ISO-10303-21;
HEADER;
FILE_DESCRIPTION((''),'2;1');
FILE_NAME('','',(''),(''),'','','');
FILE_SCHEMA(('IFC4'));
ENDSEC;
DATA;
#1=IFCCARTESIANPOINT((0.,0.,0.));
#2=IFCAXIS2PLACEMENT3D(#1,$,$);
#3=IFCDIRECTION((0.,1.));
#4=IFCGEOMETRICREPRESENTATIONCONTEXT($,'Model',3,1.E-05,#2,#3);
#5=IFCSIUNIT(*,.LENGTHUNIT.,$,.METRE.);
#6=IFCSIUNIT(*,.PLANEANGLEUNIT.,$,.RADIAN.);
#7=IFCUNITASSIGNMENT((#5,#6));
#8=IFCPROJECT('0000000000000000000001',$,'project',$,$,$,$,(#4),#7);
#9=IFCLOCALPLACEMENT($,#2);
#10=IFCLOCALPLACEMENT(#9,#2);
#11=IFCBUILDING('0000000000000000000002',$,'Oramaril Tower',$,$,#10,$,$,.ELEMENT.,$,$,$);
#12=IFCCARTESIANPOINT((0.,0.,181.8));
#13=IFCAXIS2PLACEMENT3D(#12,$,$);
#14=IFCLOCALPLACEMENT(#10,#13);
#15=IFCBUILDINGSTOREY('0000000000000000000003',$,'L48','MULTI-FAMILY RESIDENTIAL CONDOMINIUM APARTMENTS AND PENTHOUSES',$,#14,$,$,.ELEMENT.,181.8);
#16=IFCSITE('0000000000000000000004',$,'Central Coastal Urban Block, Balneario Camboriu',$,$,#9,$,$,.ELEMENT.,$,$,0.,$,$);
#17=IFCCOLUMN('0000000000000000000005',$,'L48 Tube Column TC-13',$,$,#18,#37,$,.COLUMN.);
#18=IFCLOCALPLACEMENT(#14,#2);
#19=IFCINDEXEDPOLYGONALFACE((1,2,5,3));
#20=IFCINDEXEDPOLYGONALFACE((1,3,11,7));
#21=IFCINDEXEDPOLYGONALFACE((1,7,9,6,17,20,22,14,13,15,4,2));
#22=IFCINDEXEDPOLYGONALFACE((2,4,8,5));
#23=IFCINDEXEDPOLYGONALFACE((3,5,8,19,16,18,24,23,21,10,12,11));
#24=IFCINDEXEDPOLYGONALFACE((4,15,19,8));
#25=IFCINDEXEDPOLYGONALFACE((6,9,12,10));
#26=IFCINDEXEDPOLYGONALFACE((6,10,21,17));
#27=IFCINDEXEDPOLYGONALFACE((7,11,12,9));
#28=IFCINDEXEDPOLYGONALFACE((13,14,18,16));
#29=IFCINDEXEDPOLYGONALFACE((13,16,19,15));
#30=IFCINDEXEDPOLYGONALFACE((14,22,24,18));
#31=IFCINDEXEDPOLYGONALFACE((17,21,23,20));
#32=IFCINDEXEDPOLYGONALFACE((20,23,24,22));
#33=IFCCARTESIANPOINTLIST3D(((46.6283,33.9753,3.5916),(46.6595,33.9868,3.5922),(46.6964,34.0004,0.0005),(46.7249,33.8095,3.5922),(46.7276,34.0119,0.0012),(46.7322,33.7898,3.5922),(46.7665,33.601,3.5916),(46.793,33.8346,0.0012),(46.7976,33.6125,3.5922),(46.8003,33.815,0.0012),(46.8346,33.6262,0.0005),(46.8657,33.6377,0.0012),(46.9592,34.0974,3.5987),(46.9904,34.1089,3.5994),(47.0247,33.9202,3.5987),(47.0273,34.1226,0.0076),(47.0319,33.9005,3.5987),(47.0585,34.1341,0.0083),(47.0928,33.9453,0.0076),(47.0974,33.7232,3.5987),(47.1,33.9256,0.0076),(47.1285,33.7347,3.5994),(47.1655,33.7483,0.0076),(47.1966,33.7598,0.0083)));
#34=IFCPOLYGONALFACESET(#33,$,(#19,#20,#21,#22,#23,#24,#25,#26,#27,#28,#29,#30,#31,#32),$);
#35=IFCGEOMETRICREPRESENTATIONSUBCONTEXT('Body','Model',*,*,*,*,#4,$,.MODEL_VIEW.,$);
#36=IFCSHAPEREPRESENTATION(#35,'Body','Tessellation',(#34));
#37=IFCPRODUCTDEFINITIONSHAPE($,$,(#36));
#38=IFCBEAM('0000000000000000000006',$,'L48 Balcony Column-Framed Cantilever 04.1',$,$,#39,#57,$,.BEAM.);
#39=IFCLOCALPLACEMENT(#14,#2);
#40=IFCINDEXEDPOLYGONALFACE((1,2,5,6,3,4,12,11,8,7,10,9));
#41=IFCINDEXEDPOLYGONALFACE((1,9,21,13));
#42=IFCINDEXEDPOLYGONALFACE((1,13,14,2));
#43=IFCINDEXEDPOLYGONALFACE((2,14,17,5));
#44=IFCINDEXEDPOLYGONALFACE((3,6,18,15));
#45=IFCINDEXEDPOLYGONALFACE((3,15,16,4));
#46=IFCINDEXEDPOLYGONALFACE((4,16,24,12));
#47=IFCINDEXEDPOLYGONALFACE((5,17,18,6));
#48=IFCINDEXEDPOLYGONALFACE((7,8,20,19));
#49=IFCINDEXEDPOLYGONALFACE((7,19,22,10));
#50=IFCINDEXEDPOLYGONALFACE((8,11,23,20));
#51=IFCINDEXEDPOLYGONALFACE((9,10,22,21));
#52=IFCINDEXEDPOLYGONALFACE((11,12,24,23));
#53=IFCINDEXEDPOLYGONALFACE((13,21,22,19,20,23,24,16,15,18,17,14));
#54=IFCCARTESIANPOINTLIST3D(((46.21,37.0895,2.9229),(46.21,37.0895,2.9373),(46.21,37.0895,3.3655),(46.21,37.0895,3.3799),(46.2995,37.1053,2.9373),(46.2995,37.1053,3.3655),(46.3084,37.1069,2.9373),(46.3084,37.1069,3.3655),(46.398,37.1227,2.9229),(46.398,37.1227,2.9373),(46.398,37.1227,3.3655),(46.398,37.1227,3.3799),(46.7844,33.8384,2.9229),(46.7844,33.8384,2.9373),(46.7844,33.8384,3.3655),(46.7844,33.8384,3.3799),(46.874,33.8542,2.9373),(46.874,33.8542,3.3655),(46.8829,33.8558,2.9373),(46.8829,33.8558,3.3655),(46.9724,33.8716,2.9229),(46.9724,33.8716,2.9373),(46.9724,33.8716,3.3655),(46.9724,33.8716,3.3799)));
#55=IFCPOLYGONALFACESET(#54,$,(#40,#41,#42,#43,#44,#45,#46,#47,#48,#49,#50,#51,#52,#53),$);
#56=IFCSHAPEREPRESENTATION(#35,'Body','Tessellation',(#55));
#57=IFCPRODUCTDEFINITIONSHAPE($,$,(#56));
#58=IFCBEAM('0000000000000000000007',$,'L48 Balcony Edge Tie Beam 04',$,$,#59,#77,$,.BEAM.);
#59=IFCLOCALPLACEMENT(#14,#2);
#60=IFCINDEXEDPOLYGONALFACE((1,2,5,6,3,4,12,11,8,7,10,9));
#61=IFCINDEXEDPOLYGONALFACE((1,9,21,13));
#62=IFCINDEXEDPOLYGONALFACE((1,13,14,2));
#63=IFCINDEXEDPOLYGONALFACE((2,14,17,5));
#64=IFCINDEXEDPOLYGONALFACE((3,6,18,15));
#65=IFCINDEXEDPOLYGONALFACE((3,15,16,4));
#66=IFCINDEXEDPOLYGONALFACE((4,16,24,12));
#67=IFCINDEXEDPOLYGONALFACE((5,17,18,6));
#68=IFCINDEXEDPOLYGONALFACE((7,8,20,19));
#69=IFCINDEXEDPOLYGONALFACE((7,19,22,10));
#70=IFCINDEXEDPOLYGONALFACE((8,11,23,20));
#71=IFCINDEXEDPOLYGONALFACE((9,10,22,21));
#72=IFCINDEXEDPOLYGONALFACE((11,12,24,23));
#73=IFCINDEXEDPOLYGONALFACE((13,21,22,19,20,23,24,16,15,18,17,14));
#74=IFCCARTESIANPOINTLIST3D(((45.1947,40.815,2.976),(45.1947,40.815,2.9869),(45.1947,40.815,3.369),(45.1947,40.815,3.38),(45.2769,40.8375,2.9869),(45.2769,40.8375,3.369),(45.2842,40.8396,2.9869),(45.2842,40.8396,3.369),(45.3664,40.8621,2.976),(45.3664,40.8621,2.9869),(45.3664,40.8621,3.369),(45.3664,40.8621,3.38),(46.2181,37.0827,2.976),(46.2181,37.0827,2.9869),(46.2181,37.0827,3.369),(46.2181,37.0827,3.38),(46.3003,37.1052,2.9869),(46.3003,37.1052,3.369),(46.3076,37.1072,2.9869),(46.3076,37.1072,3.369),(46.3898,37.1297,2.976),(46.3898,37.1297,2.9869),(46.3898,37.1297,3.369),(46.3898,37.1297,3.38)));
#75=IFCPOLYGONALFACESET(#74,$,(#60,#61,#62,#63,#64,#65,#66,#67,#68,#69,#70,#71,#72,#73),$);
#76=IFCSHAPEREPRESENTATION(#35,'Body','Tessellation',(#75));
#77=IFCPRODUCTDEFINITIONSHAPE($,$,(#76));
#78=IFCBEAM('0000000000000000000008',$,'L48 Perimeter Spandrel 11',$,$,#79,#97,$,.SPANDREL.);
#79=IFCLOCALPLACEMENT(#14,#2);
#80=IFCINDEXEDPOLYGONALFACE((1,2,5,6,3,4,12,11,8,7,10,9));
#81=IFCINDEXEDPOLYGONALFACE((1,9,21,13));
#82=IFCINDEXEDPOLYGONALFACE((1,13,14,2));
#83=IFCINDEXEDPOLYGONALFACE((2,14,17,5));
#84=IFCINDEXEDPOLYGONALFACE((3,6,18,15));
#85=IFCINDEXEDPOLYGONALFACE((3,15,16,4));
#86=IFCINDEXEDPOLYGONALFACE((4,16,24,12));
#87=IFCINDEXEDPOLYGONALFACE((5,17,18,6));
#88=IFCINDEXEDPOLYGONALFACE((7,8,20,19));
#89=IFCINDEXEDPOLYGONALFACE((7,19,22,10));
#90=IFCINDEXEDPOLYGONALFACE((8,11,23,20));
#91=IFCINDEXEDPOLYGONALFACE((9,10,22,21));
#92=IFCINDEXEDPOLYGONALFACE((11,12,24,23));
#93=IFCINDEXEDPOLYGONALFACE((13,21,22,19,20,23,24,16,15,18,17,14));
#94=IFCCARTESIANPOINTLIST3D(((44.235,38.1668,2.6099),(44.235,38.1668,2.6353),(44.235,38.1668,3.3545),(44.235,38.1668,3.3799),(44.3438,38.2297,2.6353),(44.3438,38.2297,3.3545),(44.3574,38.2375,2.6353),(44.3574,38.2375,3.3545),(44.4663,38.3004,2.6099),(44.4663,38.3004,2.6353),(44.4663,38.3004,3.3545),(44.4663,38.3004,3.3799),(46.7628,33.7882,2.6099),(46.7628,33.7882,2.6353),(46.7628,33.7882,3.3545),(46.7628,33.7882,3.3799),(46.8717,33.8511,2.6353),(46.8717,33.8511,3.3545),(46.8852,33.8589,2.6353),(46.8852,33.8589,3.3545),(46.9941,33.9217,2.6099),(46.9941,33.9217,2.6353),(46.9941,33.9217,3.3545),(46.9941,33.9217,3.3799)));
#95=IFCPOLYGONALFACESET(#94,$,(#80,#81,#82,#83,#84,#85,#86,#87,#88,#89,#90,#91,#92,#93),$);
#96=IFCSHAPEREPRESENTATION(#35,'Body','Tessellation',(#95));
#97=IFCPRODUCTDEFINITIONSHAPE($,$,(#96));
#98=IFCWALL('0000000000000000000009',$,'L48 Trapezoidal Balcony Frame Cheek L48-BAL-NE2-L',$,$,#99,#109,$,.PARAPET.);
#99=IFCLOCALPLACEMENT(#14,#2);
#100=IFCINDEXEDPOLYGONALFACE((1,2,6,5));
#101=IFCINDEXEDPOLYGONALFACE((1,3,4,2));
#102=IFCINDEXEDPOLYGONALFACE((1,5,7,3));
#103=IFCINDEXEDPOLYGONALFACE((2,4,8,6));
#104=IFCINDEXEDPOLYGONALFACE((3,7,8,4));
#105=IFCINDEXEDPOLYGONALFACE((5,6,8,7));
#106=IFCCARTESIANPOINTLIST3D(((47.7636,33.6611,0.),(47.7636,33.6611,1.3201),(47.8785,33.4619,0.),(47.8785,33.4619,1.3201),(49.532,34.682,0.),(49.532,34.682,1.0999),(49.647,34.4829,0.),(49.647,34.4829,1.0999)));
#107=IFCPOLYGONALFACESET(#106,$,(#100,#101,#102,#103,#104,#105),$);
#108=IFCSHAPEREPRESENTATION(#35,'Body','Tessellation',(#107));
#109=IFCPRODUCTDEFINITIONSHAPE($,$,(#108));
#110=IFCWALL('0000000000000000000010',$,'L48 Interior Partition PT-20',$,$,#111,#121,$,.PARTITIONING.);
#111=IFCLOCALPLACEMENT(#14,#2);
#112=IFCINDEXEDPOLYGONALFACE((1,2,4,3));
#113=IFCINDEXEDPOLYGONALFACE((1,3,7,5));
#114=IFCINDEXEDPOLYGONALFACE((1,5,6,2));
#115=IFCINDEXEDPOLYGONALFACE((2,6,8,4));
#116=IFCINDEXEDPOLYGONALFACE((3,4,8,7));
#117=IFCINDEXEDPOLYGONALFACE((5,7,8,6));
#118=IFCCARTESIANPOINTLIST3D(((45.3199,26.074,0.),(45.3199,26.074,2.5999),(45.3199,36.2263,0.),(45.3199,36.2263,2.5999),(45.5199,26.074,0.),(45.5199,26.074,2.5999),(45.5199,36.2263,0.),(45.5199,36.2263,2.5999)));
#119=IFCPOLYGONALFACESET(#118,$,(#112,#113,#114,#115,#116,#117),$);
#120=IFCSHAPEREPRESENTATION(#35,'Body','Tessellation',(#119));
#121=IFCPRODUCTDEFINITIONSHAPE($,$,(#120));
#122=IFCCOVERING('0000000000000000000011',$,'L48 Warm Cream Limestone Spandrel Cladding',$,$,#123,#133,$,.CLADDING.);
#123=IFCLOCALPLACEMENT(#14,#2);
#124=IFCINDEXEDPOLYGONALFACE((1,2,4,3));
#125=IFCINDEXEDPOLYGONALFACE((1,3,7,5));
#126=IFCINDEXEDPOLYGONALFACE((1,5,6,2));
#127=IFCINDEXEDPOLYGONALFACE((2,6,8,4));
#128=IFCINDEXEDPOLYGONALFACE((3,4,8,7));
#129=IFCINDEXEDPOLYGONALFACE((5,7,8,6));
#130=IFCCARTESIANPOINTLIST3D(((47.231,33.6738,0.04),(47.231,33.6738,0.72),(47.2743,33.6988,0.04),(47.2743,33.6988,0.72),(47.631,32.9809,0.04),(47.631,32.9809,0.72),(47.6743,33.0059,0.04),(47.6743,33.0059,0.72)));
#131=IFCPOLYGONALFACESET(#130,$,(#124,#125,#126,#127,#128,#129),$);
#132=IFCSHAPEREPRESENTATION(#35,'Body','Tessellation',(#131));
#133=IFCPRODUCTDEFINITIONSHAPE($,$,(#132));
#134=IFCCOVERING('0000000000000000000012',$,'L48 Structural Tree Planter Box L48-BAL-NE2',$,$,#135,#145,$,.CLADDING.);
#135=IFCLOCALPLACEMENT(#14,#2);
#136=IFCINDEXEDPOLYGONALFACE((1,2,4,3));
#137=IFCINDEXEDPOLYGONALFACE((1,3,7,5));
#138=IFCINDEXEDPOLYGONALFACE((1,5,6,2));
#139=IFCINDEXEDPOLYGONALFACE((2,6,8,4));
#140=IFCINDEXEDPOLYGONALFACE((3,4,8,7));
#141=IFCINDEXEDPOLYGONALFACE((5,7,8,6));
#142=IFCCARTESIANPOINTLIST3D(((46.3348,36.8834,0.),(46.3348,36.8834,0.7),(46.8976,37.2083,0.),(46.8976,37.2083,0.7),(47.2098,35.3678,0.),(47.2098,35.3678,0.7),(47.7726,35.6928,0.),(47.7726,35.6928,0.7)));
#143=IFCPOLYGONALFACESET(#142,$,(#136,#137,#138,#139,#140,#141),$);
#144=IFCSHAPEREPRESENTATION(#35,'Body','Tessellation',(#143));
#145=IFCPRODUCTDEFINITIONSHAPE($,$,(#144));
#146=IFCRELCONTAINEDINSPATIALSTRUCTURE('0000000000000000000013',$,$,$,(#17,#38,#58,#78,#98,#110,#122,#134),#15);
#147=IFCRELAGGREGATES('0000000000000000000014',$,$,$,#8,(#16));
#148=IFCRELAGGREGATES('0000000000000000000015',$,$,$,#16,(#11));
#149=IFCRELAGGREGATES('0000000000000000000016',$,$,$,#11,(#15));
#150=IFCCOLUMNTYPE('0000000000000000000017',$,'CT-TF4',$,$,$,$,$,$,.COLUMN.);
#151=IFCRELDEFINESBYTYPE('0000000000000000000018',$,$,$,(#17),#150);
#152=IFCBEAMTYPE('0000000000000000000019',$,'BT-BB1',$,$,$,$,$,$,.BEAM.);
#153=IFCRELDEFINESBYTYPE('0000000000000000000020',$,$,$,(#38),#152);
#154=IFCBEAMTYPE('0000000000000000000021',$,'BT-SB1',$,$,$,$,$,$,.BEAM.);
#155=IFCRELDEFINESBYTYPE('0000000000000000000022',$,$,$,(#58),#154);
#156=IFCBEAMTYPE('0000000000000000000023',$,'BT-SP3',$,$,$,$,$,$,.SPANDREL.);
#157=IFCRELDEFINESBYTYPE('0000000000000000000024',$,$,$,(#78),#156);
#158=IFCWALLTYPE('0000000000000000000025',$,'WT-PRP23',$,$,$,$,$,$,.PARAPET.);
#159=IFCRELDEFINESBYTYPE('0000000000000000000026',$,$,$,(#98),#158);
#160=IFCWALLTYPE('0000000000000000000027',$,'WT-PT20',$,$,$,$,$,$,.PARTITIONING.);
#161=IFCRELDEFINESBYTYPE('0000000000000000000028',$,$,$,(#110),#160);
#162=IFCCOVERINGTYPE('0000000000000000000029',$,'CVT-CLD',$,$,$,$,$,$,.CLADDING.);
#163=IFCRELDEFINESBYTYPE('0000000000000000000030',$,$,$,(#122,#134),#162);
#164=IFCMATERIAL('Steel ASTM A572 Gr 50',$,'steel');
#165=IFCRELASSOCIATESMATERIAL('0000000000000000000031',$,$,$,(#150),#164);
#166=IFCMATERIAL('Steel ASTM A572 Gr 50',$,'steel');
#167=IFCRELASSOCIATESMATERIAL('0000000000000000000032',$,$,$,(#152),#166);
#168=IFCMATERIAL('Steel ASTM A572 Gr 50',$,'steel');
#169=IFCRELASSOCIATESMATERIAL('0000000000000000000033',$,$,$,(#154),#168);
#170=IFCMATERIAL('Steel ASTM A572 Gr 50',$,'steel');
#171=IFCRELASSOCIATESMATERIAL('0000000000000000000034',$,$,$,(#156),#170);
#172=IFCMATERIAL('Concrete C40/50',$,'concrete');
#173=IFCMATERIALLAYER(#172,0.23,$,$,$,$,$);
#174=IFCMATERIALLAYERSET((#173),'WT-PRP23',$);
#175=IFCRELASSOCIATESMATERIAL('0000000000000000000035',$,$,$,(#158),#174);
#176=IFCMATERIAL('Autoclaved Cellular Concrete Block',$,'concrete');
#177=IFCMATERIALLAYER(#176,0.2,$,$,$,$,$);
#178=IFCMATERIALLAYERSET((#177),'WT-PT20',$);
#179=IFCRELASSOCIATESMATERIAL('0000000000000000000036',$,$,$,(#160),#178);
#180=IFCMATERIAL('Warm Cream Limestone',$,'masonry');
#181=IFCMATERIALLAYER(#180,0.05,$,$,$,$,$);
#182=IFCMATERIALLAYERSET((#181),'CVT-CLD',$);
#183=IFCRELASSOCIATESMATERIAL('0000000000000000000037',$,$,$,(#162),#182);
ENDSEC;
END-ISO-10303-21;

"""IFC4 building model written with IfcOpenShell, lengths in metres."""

from ifc_helpers import new_model, si_unit, direction, frame, frame_2d, origin, origin_2d, place, context, subcontext, project, spatial, polyline, rectangle, i_section, outline, extrude, material, layer, layer_set, material_profile, profile_set, type_object, element, save


model = new_model("IFC4")

# Units and contexts
model_context = context("Model", 3, precision=1e-05, world=origin(), true_north=direction((0.0, 1.0)))
body_context = subcontext(model_context, "Body", "Model", "MODEL_VIEW")
ifc_project = project(units=[si_unit("LENGTHUNIT", "METRE"), si_unit("PLANEANGLEUNIT", "RADIAN")], contexts=[model_context])

# Site, building, storey
site_placement = place(None, origin())
site = spatial("IfcSite", under=ifc_project, at=site_placement, Name="Central Coastal Urban Block, Balneario Camboriu", CompositionType="ELEMENT", RefElevation=0.0)
building_placement = place(site_placement, origin())
building = spatial("IfcBuilding", under=site, at=building_placement, Name="Oramaril Tower", CompositionType="ELEMENT")
storey_placement = place(building_placement, frame((0.0, 0.0, 181.8)))
storey = spatial("IfcBuildingStorey", under=building, at=storey_placement, Name="L48", Description="MULTI-FAMILY RESIDENTIAL CONDOMINIUM APARTMENTS AND PENTHOUSES", CompositionType="ELEMENT", Elevation=181.8)

# Column
ifc_material_1 = material(Name="Steel ASTM A572 Gr 50", Category="steel")
ifc_material_profile_1 = material_profile(ifc_material_1, i_section(OverallWidth=0.3989, OverallDepth=0.386, WebThickness=0.021, FlangeThickness=0.0332, at=origin_2d()), Name="W14X176")
ifc_profile_set_1 = profile_set([ifc_material_profile_1], Name="Steel ASTM A572 Gr 50")
column_type = type_object("IfcColumnType", Name="CT-TF4", PredefinedType="COLUMN", material=ifc_profile_set_1)
column_placement = place(storey_placement, frame((46.9465, 33.8801, 0.0044), z_axis=(-0.018964, -0.007001, 0.999796), x_axis=(0.346329, -0.938113, 0.0)))
element("IfcColumn", 1, at=column_placement, inside=storey, type_object=column_type, Name="L48 Tube Column TC-13", PredefinedType="COLUMN", context=body_context, shape_type="SweptSolid", body=[
    extrude(i_section(OverallWidth=0.3989, OverallDepth=0.386, WebThickness=0.021, FlangeThickness=0.0332, at=origin_2d()), origin(), (0.0, 0.0, 1.0), 3.5918),
])

# Beams
ifc_material_2 = material(Name="Steel ASTM A572 Gr 50", Category="steel")
ifc_material_profile_2 = material_profile(ifc_material_2, i_section(OverallWidth=0.1909, OverallDepth=0.457, WebThickness=0.009, FlangeThickness=0.0144, at=origin_2d()), Name="W18X50")
ifc_profile_set_2 = profile_set([ifc_material_profile_2], Name="Steel ASTM A572 Gr 50")
beam_type_1 = type_object("IfcBeamType", Name="BT-BB1", PredefinedType="BEAM", material=ifc_profile_set_2)
beam_1_placement = place(storey_placement, frame((46.8784, 33.855, 3.1514), z_axis=(-0.173996, 0.984746, 0.0), x_axis=(-0.984746, -0.173996, 0.0)))
element("IfcBeam", 2, at=beam_1_placement, inside=storey, type_object=beam_type_1, Name="L48 Balcony Column-Framed Cantilever 04.1", PredefinedType="BEAM", context=body_context, shape_type="SweptSolid", body=[
    extrude(i_section(OverallWidth=0.1909, OverallDepth=0.457, WebThickness=0.009, FlangeThickness=0.0144, at=origin_2d()), origin(), (0.0, 0.0, 1.0), 3.3015),
])
ifc_material_3 = material(Name="Steel ASTM A572 Gr 50", Category="steel")
ifc_material_profile_3 = material_profile(ifc_material_3, i_section(OverallWidth=0.178, OverallDepth=0.4041, WebThickness=0.0076, FlangeThickness=0.011, at=origin_2d()), Name="W16X36")
ifc_profile_set_3 = profile_set([ifc_material_profile_3], Name="Steel ASTM A572 Gr 50")
beam_type_2 = type_object("IfcBeamType", Name="BT-SB1", PredefinedType="BEAM", material=ifc_profile_set_3)
beam_2_placement = place(storey_placement, frame((46.304, 37.1062, 3.178), z_axis=(-0.264441, 0.964402, 0.0), x_axis=(-0.964402, -0.264441, 0.0)))
element("IfcBeam", 3, at=beam_2_placement, inside=storey, type_object=beam_type_2, Name="L48 Balcony Edge Tie Beam 04", PredefinedType="BEAM", context=body_context, shape_type="SweptSolid", body=[
    extrude(i_section(OverallWidth=0.178, OverallDepth=0.4041, WebThickness=0.0076, FlangeThickness=0.011, at=origin_2d()), origin(), (0.0, 0.0, 1.0), 3.8701),
])
ifc_material_4 = material(Name="Steel ASTM A572 Gr 50", Category="steel")
ifc_material_profile_4 = material_profile(ifc_material_4, i_section(OverallWidth=0.2671, OverallDepth=0.77, WebThickness=0.0156, FlangeThickness=0.0254, at=origin_2d()), Name="W30X132")
ifc_profile_set_4 = profile_set([ifc_material_profile_4], Name="Steel ASTM A572 Gr 50")
beam_type_3 = type_object("IfcBeamType", Name="BT-SP3", PredefinedType="SPANDREL", material=ifc_profile_set_4)
beam_3_placement = place(storey_placement, frame((46.8784, 33.855, 2.9949), z_axis=(-0.499972, 0.866042, 0.0), x_axis=(-0.866042, -0.499972, 0.0)))
element("IfcBeam", 4, at=beam_3_placement, inside=storey, type_object=beam_type_3, Name="L48 Perimeter Spandrel 11", PredefinedType="SPANDREL", context=body_context, shape_type="SweptSolid", body=[
    extrude(i_section(OverallWidth=0.2671, OverallDepth=0.77, WebThickness=0.0156, FlangeThickness=0.0254, at=origin_2d()), origin(), (0.0, 0.0, 1.0), 5.0559),
])

# Walls
ifc_material_5 = material(Name="Concrete C40/50", Category="concrete")
ifc_layer_1 = layer(ifc_material_5, 0.23)
ifc_layer_set_1 = layer_set([ifc_layer_1], Name="WT-PRP23")
wall_type_1 = type_object("IfcWallType", Name="WT-PRP23", PredefinedType="PARAPET", material=ifc_layer_set_1)
wall_1_placement = place(storey_placement, frame((47.821, 33.5615, 0.0), z_axis=(0.0, 0.0, 1.0), x_axis=(0.866042, 0.499971, 0.0)))
element("IfcWall", 5, at=wall_1_placement, inside=storey, type_object=wall_type_1, Name="L48 Trapezoidal Balcony Frame Cheek L48-BAL-NE2-L", PredefinedType="PARAPET", context=body_context, shape_type="SweptSolid", body=[
    extrude(outline(polyline([(0.0, 0.0), (2.042, 0.0), (2.042, 1.0999), (0.0, 1.3201), (0.0, 0.0)])), frame((0.0, 0.115, 0.0), z_axis=(0.0, -1.0, 0.0), x_axis=(1.0, 0.0, 0.0)), (0.0, 0.0, 1.0), 0.23),
])
ifc_material_6 = material(Name="Autoclaved Cellular Concrete Block", Category="concrete")
ifc_layer_2 = layer(ifc_material_6, 0.2)
ifc_layer_set_2 = layer_set([ifc_layer_2], Name="WT-PT20")
wall_type_2 = type_object("IfcWallType", Name="WT-PT20", PredefinedType="PARTITIONING", material=ifc_layer_set_2)
wall_2_placement = place(storey_placement, frame((45.4199, 26.074, 0.0), z_axis=(0.0, 0.0, 1.0), x_axis=(0.0, 1.0, 0.0)))
element("IfcWall", 6, at=wall_2_placement, inside=storey, type_object=wall_type_2, Name="L48 Interior Partition PT-20", PredefinedType="PARTITIONING", context=body_context, shape_type="SweptSolid", body=[
    extrude(rectangle(XDim=10.1523, YDim=0.2, at=frame_2d((5.0762, 0.0))), origin(), (0.0, 0.0, 1.0), 2.5999),
])

# Coverings
ifc_material_7 = material(Name="Warm Cream Limestone", Category="masonry")
ifc_layer_3 = layer(ifc_material_7, 0.05)
ifc_layer_set_3 = layer_set([ifc_layer_3], Name="CVT-CLD")
covering_type = type_object("IfcCoveringType", Name="CVT-CLD", PredefinedType="CLADDING", material=ifc_layer_set_3)
covering_1_placement = place(storey_placement, frame((47.4526, 33.3398, 0.04), z_axis=(0.0, 0.0, 1.0), x_axis=(-0.5, 0.866025, 0.0)))
element("IfcCovering", 7, at=covering_1_placement, inside=storey, type_object=covering_type, Name="L48 Warm Cream Limestone Spandrel Cladding", PredefinedType="CLADDING", context=body_context, shape_type="SweptSolid", body=[
    extrude(rectangle(XDim=0.8, YDim=0.05, at=origin_2d()), origin(), (0.0, 0.0, 1.0), 0.6799),
])
covering_2_placement = place(storey_placement, frame((47.0537, 36.2881, 0.0), z_axis=(0.0, 0.0, 1.0), x_axis=(-0.5, 0.866025, 0.0)))
element("IfcCovering", 8, at=covering_2_placement, inside=storey, type_object=covering_type, Name="L48 Structural Tree Planter Box L48-BAL-NE2", PredefinedType="CLADDING", context=body_context, shape_type="SweptSolid", body=[
    extrude(rectangle(XDim=1.75, YDim=0.6499, at=origin_2d()), origin(), (0.0, 0.0, 1.0), 0.7),
])

save(model, "model.ifc")
